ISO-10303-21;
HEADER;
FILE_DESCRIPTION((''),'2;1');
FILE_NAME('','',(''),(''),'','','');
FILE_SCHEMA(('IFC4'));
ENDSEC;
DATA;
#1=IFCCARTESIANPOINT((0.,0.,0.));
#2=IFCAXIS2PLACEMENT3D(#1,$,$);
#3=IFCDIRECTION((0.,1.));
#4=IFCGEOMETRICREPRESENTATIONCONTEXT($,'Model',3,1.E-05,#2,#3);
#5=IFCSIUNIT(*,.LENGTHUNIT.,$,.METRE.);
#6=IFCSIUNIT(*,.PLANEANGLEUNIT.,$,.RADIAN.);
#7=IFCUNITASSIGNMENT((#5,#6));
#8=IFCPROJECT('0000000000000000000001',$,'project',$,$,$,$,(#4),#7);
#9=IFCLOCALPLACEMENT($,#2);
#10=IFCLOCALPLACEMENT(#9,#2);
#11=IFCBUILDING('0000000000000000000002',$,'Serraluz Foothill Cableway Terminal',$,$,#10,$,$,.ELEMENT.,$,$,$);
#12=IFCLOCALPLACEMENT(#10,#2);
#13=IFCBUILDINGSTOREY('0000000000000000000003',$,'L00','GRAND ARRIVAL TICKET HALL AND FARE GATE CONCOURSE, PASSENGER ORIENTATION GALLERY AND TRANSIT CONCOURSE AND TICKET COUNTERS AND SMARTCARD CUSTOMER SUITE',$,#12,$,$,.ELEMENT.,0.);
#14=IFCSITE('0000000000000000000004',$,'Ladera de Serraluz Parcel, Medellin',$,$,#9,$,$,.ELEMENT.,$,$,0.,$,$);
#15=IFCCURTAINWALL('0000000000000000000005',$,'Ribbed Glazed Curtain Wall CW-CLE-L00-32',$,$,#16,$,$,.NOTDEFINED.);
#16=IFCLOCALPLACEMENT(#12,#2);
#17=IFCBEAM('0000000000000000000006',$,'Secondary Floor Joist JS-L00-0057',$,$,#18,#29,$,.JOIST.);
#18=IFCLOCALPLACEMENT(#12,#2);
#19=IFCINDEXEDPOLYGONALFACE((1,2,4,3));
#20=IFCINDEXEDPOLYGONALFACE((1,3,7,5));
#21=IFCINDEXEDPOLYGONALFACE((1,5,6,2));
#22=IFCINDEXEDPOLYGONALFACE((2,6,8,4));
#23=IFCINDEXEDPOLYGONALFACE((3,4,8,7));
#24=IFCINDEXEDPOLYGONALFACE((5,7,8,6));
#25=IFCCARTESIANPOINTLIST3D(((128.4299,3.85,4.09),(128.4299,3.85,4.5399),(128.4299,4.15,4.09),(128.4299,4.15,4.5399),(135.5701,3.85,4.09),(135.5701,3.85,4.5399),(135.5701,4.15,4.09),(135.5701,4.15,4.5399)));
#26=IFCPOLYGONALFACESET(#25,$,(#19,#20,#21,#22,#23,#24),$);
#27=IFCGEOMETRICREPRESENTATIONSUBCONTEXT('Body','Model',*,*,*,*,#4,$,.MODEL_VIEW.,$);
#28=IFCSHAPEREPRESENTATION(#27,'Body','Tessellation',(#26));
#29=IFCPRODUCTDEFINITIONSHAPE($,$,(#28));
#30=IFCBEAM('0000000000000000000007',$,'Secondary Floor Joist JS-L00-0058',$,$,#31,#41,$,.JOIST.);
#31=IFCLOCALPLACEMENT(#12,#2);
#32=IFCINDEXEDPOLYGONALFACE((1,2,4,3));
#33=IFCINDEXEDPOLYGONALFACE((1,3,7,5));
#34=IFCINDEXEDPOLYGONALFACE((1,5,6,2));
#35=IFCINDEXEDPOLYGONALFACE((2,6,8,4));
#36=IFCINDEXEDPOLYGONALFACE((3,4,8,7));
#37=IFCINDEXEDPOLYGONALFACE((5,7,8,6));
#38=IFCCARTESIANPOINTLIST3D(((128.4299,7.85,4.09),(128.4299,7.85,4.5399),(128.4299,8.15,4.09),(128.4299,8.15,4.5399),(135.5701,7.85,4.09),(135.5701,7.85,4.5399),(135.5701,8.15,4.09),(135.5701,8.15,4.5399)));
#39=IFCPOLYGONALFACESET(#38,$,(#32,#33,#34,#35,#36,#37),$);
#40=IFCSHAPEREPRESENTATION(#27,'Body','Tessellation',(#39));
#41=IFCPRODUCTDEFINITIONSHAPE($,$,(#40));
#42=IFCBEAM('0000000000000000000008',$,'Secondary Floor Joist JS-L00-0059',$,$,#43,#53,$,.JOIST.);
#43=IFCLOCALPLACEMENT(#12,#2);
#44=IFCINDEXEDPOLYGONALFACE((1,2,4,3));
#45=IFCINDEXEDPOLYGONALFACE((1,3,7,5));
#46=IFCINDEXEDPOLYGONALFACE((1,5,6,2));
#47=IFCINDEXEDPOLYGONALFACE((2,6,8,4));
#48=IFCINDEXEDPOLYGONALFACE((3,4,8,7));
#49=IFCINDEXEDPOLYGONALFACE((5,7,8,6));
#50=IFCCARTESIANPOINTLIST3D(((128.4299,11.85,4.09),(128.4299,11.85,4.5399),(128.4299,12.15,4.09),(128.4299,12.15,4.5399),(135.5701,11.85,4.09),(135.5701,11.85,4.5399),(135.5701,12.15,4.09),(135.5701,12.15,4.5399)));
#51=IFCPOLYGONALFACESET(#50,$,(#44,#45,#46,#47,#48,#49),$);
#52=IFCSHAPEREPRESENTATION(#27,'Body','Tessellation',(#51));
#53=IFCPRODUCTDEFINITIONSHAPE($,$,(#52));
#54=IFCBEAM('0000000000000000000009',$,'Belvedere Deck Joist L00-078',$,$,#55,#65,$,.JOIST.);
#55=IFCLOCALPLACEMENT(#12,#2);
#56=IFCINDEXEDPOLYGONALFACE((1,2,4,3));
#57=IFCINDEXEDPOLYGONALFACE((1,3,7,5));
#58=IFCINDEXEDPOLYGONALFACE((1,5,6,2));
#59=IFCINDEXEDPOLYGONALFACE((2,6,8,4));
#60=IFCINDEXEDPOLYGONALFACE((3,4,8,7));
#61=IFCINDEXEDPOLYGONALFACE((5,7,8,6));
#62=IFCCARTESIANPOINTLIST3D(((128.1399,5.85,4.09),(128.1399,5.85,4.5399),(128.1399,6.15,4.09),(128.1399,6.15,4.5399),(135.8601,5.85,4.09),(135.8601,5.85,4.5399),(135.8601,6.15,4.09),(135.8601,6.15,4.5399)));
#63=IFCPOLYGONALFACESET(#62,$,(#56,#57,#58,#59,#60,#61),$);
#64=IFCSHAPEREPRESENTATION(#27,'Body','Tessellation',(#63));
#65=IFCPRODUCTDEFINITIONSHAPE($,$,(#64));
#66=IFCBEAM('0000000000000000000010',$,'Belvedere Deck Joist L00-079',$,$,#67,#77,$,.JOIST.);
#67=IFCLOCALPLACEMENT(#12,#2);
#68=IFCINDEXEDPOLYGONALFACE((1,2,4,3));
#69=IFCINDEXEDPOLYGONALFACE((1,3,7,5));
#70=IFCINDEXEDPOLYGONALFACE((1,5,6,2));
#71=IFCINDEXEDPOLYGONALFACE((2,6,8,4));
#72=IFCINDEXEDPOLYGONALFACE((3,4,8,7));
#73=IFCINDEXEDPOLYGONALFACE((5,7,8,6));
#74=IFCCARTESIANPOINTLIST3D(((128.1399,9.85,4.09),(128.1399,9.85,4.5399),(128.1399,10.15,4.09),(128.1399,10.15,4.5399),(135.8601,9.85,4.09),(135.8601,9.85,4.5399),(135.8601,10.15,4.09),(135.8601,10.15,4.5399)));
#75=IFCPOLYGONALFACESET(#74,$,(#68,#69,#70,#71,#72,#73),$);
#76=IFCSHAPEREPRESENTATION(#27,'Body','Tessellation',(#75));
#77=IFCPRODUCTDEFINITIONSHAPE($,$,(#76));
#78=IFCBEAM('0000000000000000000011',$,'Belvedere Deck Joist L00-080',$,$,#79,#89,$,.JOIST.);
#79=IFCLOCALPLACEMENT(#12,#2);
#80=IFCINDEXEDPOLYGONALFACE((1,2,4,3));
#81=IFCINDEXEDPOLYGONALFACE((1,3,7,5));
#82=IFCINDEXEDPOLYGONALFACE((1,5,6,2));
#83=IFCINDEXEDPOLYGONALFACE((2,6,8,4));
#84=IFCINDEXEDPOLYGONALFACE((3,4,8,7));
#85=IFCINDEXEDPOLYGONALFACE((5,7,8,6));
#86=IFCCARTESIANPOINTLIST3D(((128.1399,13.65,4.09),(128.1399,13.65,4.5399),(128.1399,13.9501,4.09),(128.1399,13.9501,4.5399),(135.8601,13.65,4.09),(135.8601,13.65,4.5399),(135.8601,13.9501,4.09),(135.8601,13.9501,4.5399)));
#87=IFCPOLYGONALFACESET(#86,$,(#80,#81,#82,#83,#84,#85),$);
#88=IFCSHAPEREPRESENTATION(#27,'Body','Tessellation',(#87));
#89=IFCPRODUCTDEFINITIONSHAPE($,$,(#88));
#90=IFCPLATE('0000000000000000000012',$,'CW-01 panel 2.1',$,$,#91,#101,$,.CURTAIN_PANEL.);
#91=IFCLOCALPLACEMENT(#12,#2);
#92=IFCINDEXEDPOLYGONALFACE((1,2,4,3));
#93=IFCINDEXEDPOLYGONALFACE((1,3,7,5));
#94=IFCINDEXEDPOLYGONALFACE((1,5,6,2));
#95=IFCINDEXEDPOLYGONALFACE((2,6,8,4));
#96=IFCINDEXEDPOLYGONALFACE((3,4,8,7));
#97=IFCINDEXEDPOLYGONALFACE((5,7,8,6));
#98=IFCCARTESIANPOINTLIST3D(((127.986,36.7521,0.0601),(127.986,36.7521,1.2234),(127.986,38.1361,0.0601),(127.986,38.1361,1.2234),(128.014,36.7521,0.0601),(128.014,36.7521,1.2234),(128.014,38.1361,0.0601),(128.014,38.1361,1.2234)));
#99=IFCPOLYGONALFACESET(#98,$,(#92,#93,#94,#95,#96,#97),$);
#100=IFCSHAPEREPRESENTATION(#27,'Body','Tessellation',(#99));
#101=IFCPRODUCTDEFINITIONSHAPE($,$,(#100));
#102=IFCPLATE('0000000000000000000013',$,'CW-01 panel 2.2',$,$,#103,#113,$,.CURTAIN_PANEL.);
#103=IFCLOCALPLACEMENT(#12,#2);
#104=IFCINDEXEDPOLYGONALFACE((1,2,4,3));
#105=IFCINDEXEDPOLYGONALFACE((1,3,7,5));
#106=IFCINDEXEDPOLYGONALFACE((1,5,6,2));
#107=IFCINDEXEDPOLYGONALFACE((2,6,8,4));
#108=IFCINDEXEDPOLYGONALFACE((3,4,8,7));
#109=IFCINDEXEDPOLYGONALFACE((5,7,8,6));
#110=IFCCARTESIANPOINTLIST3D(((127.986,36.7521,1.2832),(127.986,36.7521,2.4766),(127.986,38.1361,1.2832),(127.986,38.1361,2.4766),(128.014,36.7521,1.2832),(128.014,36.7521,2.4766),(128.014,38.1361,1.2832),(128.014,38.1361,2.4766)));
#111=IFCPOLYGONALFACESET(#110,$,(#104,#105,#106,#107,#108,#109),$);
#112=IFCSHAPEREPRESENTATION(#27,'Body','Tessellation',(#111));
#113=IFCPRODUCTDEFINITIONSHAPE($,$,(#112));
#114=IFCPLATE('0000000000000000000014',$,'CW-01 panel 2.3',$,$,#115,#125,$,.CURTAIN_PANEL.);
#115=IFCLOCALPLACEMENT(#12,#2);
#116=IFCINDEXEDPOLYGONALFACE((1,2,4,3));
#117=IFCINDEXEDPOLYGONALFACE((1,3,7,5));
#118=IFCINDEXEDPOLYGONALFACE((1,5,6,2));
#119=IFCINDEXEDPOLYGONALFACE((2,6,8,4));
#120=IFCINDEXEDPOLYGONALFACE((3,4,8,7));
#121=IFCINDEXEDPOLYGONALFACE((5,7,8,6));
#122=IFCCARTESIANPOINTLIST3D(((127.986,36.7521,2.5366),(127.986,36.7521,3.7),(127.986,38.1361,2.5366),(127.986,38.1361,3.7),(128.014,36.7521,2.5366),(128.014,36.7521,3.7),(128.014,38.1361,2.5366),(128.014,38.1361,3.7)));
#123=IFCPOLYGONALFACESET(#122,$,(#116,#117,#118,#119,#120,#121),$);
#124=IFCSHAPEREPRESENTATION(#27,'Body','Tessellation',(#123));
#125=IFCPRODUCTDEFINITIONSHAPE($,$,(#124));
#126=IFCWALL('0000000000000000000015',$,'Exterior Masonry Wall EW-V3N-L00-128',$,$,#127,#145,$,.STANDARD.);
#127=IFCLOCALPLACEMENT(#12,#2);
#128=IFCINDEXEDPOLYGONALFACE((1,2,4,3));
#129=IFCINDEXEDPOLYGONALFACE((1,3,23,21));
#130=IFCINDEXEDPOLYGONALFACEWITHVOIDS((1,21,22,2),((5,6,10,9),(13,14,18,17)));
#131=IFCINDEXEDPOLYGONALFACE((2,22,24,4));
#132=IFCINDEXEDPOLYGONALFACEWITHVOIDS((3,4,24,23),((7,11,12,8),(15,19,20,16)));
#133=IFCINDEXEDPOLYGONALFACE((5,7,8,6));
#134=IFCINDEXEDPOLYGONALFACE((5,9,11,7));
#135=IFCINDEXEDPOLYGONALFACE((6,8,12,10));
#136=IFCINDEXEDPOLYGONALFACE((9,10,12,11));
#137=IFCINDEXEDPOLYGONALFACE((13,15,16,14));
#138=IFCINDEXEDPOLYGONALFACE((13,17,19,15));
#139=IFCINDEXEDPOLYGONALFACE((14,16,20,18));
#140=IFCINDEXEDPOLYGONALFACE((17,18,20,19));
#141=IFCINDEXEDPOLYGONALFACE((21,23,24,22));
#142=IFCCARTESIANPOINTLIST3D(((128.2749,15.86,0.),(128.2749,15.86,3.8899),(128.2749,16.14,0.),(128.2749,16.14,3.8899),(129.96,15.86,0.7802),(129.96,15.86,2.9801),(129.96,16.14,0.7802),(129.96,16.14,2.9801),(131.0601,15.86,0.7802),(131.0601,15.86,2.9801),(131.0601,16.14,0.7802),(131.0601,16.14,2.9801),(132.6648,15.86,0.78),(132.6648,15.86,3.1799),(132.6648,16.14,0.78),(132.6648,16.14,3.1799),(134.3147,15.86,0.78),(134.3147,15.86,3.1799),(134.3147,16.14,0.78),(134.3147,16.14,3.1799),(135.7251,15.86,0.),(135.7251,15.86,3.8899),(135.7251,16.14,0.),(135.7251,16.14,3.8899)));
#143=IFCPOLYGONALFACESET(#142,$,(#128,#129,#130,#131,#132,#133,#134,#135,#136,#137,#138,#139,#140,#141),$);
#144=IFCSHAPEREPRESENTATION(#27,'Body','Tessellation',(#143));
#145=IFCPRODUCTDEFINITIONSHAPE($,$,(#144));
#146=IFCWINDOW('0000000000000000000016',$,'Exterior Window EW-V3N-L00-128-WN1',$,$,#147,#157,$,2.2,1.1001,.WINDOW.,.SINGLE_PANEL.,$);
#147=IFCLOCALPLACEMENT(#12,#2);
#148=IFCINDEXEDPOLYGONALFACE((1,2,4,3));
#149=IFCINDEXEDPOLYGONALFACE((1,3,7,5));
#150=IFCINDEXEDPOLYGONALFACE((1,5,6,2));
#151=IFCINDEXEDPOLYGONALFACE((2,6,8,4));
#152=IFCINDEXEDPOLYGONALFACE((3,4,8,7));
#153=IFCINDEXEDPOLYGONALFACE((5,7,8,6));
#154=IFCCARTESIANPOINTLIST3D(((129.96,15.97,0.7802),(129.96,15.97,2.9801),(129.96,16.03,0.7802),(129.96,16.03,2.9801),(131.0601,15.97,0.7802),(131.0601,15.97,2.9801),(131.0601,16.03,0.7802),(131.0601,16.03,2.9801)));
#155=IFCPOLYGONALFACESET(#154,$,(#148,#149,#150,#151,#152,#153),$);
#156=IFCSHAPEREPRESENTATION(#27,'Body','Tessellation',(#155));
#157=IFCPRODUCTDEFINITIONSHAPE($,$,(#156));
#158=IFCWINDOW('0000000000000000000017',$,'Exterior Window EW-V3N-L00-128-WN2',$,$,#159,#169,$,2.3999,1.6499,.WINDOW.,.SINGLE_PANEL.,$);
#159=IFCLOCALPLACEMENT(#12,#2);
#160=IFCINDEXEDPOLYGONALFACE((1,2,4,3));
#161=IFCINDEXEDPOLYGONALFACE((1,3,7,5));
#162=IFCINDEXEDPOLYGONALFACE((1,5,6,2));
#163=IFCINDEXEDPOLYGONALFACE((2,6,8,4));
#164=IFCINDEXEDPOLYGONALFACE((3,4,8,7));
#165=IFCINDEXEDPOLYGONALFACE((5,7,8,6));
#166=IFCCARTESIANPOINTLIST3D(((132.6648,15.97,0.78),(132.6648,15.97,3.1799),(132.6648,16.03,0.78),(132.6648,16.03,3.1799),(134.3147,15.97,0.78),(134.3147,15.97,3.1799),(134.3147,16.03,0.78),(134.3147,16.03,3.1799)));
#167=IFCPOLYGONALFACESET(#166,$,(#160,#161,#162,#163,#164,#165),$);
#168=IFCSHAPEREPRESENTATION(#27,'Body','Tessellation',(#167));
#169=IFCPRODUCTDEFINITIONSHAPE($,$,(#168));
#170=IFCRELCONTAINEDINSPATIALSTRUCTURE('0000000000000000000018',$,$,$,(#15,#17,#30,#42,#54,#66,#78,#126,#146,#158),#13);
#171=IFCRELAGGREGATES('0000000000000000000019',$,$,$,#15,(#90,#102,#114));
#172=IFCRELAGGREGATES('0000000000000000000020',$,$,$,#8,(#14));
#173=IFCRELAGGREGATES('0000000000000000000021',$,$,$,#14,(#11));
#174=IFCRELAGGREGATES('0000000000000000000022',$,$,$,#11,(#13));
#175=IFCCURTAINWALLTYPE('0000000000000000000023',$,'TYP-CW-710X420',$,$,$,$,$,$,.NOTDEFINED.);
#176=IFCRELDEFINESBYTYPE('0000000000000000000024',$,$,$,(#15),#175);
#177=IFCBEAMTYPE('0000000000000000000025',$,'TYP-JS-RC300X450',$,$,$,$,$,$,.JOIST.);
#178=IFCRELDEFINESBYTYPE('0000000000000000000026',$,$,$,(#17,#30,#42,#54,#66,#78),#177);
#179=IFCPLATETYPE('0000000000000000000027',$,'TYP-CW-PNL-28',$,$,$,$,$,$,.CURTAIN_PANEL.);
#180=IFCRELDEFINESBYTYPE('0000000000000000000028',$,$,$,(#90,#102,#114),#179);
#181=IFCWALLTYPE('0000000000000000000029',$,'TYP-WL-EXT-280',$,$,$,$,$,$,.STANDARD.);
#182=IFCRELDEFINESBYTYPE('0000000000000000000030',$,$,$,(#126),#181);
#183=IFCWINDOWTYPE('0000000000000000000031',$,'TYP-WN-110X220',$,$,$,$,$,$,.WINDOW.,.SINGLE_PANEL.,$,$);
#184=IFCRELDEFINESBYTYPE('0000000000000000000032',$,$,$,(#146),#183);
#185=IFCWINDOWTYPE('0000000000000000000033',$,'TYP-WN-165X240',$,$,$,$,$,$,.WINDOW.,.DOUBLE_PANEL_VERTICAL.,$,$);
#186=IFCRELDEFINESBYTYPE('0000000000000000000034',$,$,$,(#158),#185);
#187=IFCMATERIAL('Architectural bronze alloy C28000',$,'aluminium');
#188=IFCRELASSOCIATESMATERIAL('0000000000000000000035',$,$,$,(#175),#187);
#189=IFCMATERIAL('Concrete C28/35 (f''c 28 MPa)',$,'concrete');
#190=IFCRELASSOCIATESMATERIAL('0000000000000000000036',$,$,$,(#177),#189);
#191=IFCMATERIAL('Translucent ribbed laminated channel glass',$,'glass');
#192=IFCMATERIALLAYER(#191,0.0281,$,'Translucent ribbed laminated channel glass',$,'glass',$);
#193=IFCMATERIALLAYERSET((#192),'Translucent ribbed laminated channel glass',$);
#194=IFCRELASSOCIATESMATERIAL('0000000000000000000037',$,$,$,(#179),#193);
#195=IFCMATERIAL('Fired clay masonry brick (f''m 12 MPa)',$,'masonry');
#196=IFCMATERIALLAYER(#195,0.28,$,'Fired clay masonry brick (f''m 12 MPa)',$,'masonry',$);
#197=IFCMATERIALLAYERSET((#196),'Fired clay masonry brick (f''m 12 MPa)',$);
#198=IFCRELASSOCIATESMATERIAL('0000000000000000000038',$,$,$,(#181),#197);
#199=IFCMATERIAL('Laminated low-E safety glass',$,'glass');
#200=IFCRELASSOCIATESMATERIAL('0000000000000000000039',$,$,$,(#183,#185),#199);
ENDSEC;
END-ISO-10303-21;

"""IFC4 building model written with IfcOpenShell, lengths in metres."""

from ifc_helpers import new_model, si_unit, direction, frame, frame_2d, origin, origin_2d, place, context, subcontext, project, spatial, rectangle, extrude, material, layer, layer_set, material_profile, profile_set, type_object, element, fill, aggregate, save


model = new_model("IFC4")

# Units and contexts
model_context = context("Model", 3, precision=1e-05, world=origin(), true_north=direction((0.0, 1.0)))
body_context = subcontext(model_context, "Body", "Model", "MODEL_VIEW")
ifc_project = project(units=[si_unit("LENGTHUNIT", "METRE"), si_unit("PLANEANGLEUNIT", "RADIAN")], contexts=[model_context])

# Site, building, storey
site_placement = place(None, origin())
site = spatial("IfcSite", under=ifc_project, at=site_placement, Name="Ladera de Serraluz Parcel, Medellin", CompositionType="ELEMENT", RefElevation=0.0)
building_placement = place(site_placement, origin())
building = spatial("IfcBuilding", under=site, at=building_placement, Name="Serraluz Foothill Cableway Terminal", CompositionType="ELEMENT")
storey_placement = place(building_placement, origin())
storey = spatial("IfcBuildingStorey", under=building, at=storey_placement, Name="L00", Description="GRAND ARRIVAL TICKET HALL AND FARE GATE CONCOURSE, PASSENGER ORIENTATION GALLERY AND TRANSIT CONCOURSE AND TICKET COUNTERS AND SMARTCARD CUSTOMER SUITE", CompositionType="ELEMENT", Elevation=0.0)

# Shared definitions
ifc_material_1 = material(Name="Concrete C28/35 (f'c 28 MPa)", Category="concrete")

# Curtain wall
ifc_material_2 = material(Name="Architectural bronze alloy C28000", Category="aluminium")
curtain_wall_type = type_object("IfcCurtainWallType", Name="TYP-CW-710X420", PredefinedType="NOTDEFINED", material=ifc_material_2)
curtain_wall_placement = place(storey_placement, origin())
curtain_wall = element("IfcCurtainWall", 1, at=curtain_wall_placement, inside=storey, type_object=curtain_wall_type, Name="Ribbed Glazed Curtain Wall CW-CLE-L00-32", PredefinedType="NOTDEFINED")

# Beams
ifc_material_profile_1 = material_profile(ifc_material_1, rectangle(XDim=0.3, YDim=0.45, at=origin_2d()), Name="RC 300x450")
ifc_profile_set_1 = profile_set([ifc_material_profile_1], Name="Concrete C28/35 (f'c 28 MPa)")
beam_type_1 = type_object("IfcBeamType", Name="TYP-JS-RC300X450", PredefinedType="JOIST", material=ifc_profile_set_1)
for number, where, z_axis, x_axis, name in (
    (2, (128.4299, 4.0, 4.3149), (1.0, 0.0, 0.0), (0.0, 1.0, 0.0), "Secondary Floor Joist JS-L00-0057"),
    (3, (128.4299, 8.0, 4.3149), (1.0, 0.0, 0.0), (0.0, 1.0, 0.0), "Secondary Floor Joist JS-L00-0058"),
    (4, (128.4299, 12.0, 4.3149), (1.0, 0.0, 0.0), (0.0, 1.0, 0.0), "Secondary Floor Joist JS-L00-0059"),
):
    element("IfcBeam", number, at=place(storey_placement, frame(where, z_axis=z_axis, x_axis=x_axis)), inside=storey, type_object=beam_type_1, Name=name, PredefinedType="JOIST", context=body_context, shape_type="SweptSolid", body=[
        extrude(rectangle(XDim=0.3, YDim=0.45, at=origin_2d()), origin(), (0.0, 0.0, 1.0), 7.1401),
    ])
for number, where, z_axis, x_axis, name in (
    (5, (128.1399, 6.0, 4.3149), (1.0, 0.0, 0.0), (0.0, 1.0, 0.0), "Belvedere Deck Joist L00-078"),
    (6, (128.1399, 10.0, 4.3149), (1.0, 0.0, 0.0), (0.0, 1.0, 0.0), "Belvedere Deck Joist L00-079"),
    (7, (128.1399, 13.8, 4.3149), (1.0, 0.0, 0.0), (0.0, 1.0, 0.0), "Belvedere Deck Joist L00-080"),
):
    element("IfcBeam", number, at=place(storey_placement, frame(where, z_axis=z_axis, x_axis=x_axis)), inside=storey, type_object=beam_type_1, Name=name, PredefinedType="JOIST", context=body_context, shape_type="SweptSolid", body=[
        extrude(rectangle(XDim=0.3, YDim=0.45, at=origin_2d()), origin(), (0.0, 0.0, 1.0), 7.7202),
    ])

# Plates
ifc_material_3 = material(Name="Translucent ribbed laminated channel glass", Category="glass")
ifc_layer_1 = layer(ifc_material_3, 0.0281, Name="Translucent ribbed laminated channel glass", Category="glass")
ifc_layer_set_1 = layer_set([ifc_layer_1], Name="Translucent ribbed laminated channel glass")
plate_type = type_object("IfcPlateType", Name="TYP-CW-PNL-28", PredefinedType="CURTAIN_PANEL", material=ifc_layer_set_1)
plate_1_placement = place(storey_placement, frame((128.0, 37.4441, 0.0601), z_axis=(0.0, 0.0, 1.0), x_axis=(0.0, -1.0, 0.0)))
plate_1 = element("IfcPlate", 8, at=plate_1_placement, type_object=plate_type, Name="CW-01 panel 2.1", PredefinedType="CURTAIN_PANEL", context=body_context, shape_type="SweptSolid", body=[
    extrude(rectangle(XDim=1.384, YDim=0.0281, at=origin_2d()), origin(), (0.0, 0.0, 1.0), 1.1633),
])
plate_2_placement = place(storey_placement, frame((128.0, 37.4441, 1.2832), z_axis=(0.0, 0.0, 1.0), x_axis=(0.0, -1.0, 0.0)))
plate_2 = element("IfcPlate", 9, at=plate_2_placement, type_object=plate_type, Name="CW-01 panel 2.2", PredefinedType="CURTAIN_PANEL", context=body_context, shape_type="SweptSolid", body=[
    extrude(rectangle(XDim=1.384, YDim=0.0281, at=origin_2d()), origin(), (0.0, 0.0, 1.0), 1.1934),
])
plate_3_placement = place(storey_placement, frame((128.0, 37.4441, 2.5366), z_axis=(0.0, 0.0, 1.0), x_axis=(0.0, -1.0, 0.0)))
plate_3 = element("IfcPlate", 10, at=plate_3_placement, type_object=plate_type, Name="CW-01 panel 2.3", PredefinedType="CURTAIN_PANEL", context=body_context, shape_type="SweptSolid", body=[
    extrude(rectangle(XDim=1.384, YDim=0.0281, at=origin_2d()), origin(), (0.0, 0.0, 1.0), 1.1633),
])
aggregate(curtain_wall, [plate_1, plate_2, plate_3])

# Wall, openings, windows
ifc_material_4 = material(Name="Fired clay masonry brick (f'm 12 MPa)", Category="masonry")
ifc_layer_2 = layer(ifc_material_4, 0.28, Name="Fired clay masonry brick (f'm 12 MPa)", Category="masonry")
ifc_layer_set_2 = layer_set([ifc_layer_2], Name="Fired clay masonry brick (f'm 12 MPa)")
wall_type = type_object("IfcWallType", Name="TYP-WL-EXT-280", PredefinedType="STANDARD", material=ifc_layer_set_2)
wall_placement = place(storey_placement, frame((128.2749, 16.0, 0.0), z_axis=(0.0, 0.0, 1.0), x_axis=(1.0, 0.0, 0.0)))
wall = element("IfcWall", 11, at=wall_placement, inside=storey, type_object=wall_type, Name="Exterior Masonry Wall EW-V3N-L00-128", PredefinedType="STANDARD", context=body_context, shape_type="SweptSolid", body=[
    extrude(rectangle(XDim=7.4502, YDim=0.28, at=frame_2d((3.7251, 0.0))), origin(), (0.0, 0.0, 1.0), 3.8899),
])
opening_1_placement = place(wall_placement, frame((1.6851, 0.0, 0.78)))
opening_1 = element("IfcOpeningElement", 12, at=opening_1_placement, cuts=wall, PredefinedType="OPENING", context=body_context, shape_type="SweptSolid", body=[
    extrude(rectangle(XDim=1.1001, YDim=2.2, at=frame_2d((0.55, 1.1001))), frame((0.0, 0.1499, 0.0), z_axis=(0.0, -1.0, 0.0), x_axis=(1.0, 0.0, 0.0)), (0.0, 0.0, 1.0), 0.3),
])
opening_2_placement = place(wall_placement, frame((4.3899, 0.0, 0.78)))
opening_2 = element("IfcOpeningElement", 13, at=opening_2_placement, cuts=wall, PredefinedType="OPENING", context=body_context, shape_type="SweptSolid", body=[
    extrude(rectangle(XDim=1.6499, YDim=2.3999, at=frame_2d((0.825, 1.2))), frame((0.0, 0.1499, 0.0), z_axis=(0.0, -1.0, 0.0), x_axis=(1.0, 0.0, 0.0)), (0.0, 0.0, 1.0), 0.3),
])
ifc_material_5 = material(Name="Laminated low-E safety glass", Category="glass")
window_type_1 = type_object("IfcWindowType", Name="TYP-WN-110X220", PartitioningType="SINGLE_PANEL", PredefinedType="WINDOW", material=ifc_material_5)
window_1_placement = place(opening_1_placement, origin())
window_1 = element("IfcWindow", 14, at=window_1_placement, inside=storey, type_object=window_type_1, Name="Exterior Window EW-V3N-L00-128-WN1", OverallHeight=2.2, OverallWidth=1.1001, PartitioningType="SINGLE_PANEL", PredefinedType="WINDOW", context=body_context, shape_type="SweptSolid", body=[
    extrude(rectangle(XDim=1.1001, YDim=2.2, at=frame_2d((0.55, 1.1001))), frame((0.0, 0.03, 0.0), z_axis=(0.0, -1.0, 0.0), x_axis=(1.0, 0.0, 0.0)), (0.0, 0.0, 1.0), 0.0601),
])
fill(opening_1, window_1)
window_type_2 = type_object("IfcWindowType", Name="TYP-WN-165X240", PartitioningType="DOUBLE_PANEL_VERTICAL", PredefinedType="WINDOW", material=ifc_material_5)
window_2_placement = place(opening_2_placement, origin())
window_2 = element("IfcWindow", 15, at=window_2_placement, inside=storey, type_object=window_type_2, Name="Exterior Window EW-V3N-L00-128-WN2", OverallHeight=2.3999, OverallWidth=1.6499, PartitioningType="SINGLE_PANEL", PredefinedType="WINDOW", context=body_context, shape_type="SweptSolid", body=[
    extrude(rectangle(XDim=1.6499, YDim=2.3999, at=frame_2d((0.825, 1.2))), frame((0.0, 0.03, 0.0), z_axis=(0.0, -1.0, 0.0), x_axis=(1.0, 0.0, 0.0)), (0.0, 0.0, 1.0), 0.0601),
])
fill(opening_2, window_2)

save(model, "model.ifc")
